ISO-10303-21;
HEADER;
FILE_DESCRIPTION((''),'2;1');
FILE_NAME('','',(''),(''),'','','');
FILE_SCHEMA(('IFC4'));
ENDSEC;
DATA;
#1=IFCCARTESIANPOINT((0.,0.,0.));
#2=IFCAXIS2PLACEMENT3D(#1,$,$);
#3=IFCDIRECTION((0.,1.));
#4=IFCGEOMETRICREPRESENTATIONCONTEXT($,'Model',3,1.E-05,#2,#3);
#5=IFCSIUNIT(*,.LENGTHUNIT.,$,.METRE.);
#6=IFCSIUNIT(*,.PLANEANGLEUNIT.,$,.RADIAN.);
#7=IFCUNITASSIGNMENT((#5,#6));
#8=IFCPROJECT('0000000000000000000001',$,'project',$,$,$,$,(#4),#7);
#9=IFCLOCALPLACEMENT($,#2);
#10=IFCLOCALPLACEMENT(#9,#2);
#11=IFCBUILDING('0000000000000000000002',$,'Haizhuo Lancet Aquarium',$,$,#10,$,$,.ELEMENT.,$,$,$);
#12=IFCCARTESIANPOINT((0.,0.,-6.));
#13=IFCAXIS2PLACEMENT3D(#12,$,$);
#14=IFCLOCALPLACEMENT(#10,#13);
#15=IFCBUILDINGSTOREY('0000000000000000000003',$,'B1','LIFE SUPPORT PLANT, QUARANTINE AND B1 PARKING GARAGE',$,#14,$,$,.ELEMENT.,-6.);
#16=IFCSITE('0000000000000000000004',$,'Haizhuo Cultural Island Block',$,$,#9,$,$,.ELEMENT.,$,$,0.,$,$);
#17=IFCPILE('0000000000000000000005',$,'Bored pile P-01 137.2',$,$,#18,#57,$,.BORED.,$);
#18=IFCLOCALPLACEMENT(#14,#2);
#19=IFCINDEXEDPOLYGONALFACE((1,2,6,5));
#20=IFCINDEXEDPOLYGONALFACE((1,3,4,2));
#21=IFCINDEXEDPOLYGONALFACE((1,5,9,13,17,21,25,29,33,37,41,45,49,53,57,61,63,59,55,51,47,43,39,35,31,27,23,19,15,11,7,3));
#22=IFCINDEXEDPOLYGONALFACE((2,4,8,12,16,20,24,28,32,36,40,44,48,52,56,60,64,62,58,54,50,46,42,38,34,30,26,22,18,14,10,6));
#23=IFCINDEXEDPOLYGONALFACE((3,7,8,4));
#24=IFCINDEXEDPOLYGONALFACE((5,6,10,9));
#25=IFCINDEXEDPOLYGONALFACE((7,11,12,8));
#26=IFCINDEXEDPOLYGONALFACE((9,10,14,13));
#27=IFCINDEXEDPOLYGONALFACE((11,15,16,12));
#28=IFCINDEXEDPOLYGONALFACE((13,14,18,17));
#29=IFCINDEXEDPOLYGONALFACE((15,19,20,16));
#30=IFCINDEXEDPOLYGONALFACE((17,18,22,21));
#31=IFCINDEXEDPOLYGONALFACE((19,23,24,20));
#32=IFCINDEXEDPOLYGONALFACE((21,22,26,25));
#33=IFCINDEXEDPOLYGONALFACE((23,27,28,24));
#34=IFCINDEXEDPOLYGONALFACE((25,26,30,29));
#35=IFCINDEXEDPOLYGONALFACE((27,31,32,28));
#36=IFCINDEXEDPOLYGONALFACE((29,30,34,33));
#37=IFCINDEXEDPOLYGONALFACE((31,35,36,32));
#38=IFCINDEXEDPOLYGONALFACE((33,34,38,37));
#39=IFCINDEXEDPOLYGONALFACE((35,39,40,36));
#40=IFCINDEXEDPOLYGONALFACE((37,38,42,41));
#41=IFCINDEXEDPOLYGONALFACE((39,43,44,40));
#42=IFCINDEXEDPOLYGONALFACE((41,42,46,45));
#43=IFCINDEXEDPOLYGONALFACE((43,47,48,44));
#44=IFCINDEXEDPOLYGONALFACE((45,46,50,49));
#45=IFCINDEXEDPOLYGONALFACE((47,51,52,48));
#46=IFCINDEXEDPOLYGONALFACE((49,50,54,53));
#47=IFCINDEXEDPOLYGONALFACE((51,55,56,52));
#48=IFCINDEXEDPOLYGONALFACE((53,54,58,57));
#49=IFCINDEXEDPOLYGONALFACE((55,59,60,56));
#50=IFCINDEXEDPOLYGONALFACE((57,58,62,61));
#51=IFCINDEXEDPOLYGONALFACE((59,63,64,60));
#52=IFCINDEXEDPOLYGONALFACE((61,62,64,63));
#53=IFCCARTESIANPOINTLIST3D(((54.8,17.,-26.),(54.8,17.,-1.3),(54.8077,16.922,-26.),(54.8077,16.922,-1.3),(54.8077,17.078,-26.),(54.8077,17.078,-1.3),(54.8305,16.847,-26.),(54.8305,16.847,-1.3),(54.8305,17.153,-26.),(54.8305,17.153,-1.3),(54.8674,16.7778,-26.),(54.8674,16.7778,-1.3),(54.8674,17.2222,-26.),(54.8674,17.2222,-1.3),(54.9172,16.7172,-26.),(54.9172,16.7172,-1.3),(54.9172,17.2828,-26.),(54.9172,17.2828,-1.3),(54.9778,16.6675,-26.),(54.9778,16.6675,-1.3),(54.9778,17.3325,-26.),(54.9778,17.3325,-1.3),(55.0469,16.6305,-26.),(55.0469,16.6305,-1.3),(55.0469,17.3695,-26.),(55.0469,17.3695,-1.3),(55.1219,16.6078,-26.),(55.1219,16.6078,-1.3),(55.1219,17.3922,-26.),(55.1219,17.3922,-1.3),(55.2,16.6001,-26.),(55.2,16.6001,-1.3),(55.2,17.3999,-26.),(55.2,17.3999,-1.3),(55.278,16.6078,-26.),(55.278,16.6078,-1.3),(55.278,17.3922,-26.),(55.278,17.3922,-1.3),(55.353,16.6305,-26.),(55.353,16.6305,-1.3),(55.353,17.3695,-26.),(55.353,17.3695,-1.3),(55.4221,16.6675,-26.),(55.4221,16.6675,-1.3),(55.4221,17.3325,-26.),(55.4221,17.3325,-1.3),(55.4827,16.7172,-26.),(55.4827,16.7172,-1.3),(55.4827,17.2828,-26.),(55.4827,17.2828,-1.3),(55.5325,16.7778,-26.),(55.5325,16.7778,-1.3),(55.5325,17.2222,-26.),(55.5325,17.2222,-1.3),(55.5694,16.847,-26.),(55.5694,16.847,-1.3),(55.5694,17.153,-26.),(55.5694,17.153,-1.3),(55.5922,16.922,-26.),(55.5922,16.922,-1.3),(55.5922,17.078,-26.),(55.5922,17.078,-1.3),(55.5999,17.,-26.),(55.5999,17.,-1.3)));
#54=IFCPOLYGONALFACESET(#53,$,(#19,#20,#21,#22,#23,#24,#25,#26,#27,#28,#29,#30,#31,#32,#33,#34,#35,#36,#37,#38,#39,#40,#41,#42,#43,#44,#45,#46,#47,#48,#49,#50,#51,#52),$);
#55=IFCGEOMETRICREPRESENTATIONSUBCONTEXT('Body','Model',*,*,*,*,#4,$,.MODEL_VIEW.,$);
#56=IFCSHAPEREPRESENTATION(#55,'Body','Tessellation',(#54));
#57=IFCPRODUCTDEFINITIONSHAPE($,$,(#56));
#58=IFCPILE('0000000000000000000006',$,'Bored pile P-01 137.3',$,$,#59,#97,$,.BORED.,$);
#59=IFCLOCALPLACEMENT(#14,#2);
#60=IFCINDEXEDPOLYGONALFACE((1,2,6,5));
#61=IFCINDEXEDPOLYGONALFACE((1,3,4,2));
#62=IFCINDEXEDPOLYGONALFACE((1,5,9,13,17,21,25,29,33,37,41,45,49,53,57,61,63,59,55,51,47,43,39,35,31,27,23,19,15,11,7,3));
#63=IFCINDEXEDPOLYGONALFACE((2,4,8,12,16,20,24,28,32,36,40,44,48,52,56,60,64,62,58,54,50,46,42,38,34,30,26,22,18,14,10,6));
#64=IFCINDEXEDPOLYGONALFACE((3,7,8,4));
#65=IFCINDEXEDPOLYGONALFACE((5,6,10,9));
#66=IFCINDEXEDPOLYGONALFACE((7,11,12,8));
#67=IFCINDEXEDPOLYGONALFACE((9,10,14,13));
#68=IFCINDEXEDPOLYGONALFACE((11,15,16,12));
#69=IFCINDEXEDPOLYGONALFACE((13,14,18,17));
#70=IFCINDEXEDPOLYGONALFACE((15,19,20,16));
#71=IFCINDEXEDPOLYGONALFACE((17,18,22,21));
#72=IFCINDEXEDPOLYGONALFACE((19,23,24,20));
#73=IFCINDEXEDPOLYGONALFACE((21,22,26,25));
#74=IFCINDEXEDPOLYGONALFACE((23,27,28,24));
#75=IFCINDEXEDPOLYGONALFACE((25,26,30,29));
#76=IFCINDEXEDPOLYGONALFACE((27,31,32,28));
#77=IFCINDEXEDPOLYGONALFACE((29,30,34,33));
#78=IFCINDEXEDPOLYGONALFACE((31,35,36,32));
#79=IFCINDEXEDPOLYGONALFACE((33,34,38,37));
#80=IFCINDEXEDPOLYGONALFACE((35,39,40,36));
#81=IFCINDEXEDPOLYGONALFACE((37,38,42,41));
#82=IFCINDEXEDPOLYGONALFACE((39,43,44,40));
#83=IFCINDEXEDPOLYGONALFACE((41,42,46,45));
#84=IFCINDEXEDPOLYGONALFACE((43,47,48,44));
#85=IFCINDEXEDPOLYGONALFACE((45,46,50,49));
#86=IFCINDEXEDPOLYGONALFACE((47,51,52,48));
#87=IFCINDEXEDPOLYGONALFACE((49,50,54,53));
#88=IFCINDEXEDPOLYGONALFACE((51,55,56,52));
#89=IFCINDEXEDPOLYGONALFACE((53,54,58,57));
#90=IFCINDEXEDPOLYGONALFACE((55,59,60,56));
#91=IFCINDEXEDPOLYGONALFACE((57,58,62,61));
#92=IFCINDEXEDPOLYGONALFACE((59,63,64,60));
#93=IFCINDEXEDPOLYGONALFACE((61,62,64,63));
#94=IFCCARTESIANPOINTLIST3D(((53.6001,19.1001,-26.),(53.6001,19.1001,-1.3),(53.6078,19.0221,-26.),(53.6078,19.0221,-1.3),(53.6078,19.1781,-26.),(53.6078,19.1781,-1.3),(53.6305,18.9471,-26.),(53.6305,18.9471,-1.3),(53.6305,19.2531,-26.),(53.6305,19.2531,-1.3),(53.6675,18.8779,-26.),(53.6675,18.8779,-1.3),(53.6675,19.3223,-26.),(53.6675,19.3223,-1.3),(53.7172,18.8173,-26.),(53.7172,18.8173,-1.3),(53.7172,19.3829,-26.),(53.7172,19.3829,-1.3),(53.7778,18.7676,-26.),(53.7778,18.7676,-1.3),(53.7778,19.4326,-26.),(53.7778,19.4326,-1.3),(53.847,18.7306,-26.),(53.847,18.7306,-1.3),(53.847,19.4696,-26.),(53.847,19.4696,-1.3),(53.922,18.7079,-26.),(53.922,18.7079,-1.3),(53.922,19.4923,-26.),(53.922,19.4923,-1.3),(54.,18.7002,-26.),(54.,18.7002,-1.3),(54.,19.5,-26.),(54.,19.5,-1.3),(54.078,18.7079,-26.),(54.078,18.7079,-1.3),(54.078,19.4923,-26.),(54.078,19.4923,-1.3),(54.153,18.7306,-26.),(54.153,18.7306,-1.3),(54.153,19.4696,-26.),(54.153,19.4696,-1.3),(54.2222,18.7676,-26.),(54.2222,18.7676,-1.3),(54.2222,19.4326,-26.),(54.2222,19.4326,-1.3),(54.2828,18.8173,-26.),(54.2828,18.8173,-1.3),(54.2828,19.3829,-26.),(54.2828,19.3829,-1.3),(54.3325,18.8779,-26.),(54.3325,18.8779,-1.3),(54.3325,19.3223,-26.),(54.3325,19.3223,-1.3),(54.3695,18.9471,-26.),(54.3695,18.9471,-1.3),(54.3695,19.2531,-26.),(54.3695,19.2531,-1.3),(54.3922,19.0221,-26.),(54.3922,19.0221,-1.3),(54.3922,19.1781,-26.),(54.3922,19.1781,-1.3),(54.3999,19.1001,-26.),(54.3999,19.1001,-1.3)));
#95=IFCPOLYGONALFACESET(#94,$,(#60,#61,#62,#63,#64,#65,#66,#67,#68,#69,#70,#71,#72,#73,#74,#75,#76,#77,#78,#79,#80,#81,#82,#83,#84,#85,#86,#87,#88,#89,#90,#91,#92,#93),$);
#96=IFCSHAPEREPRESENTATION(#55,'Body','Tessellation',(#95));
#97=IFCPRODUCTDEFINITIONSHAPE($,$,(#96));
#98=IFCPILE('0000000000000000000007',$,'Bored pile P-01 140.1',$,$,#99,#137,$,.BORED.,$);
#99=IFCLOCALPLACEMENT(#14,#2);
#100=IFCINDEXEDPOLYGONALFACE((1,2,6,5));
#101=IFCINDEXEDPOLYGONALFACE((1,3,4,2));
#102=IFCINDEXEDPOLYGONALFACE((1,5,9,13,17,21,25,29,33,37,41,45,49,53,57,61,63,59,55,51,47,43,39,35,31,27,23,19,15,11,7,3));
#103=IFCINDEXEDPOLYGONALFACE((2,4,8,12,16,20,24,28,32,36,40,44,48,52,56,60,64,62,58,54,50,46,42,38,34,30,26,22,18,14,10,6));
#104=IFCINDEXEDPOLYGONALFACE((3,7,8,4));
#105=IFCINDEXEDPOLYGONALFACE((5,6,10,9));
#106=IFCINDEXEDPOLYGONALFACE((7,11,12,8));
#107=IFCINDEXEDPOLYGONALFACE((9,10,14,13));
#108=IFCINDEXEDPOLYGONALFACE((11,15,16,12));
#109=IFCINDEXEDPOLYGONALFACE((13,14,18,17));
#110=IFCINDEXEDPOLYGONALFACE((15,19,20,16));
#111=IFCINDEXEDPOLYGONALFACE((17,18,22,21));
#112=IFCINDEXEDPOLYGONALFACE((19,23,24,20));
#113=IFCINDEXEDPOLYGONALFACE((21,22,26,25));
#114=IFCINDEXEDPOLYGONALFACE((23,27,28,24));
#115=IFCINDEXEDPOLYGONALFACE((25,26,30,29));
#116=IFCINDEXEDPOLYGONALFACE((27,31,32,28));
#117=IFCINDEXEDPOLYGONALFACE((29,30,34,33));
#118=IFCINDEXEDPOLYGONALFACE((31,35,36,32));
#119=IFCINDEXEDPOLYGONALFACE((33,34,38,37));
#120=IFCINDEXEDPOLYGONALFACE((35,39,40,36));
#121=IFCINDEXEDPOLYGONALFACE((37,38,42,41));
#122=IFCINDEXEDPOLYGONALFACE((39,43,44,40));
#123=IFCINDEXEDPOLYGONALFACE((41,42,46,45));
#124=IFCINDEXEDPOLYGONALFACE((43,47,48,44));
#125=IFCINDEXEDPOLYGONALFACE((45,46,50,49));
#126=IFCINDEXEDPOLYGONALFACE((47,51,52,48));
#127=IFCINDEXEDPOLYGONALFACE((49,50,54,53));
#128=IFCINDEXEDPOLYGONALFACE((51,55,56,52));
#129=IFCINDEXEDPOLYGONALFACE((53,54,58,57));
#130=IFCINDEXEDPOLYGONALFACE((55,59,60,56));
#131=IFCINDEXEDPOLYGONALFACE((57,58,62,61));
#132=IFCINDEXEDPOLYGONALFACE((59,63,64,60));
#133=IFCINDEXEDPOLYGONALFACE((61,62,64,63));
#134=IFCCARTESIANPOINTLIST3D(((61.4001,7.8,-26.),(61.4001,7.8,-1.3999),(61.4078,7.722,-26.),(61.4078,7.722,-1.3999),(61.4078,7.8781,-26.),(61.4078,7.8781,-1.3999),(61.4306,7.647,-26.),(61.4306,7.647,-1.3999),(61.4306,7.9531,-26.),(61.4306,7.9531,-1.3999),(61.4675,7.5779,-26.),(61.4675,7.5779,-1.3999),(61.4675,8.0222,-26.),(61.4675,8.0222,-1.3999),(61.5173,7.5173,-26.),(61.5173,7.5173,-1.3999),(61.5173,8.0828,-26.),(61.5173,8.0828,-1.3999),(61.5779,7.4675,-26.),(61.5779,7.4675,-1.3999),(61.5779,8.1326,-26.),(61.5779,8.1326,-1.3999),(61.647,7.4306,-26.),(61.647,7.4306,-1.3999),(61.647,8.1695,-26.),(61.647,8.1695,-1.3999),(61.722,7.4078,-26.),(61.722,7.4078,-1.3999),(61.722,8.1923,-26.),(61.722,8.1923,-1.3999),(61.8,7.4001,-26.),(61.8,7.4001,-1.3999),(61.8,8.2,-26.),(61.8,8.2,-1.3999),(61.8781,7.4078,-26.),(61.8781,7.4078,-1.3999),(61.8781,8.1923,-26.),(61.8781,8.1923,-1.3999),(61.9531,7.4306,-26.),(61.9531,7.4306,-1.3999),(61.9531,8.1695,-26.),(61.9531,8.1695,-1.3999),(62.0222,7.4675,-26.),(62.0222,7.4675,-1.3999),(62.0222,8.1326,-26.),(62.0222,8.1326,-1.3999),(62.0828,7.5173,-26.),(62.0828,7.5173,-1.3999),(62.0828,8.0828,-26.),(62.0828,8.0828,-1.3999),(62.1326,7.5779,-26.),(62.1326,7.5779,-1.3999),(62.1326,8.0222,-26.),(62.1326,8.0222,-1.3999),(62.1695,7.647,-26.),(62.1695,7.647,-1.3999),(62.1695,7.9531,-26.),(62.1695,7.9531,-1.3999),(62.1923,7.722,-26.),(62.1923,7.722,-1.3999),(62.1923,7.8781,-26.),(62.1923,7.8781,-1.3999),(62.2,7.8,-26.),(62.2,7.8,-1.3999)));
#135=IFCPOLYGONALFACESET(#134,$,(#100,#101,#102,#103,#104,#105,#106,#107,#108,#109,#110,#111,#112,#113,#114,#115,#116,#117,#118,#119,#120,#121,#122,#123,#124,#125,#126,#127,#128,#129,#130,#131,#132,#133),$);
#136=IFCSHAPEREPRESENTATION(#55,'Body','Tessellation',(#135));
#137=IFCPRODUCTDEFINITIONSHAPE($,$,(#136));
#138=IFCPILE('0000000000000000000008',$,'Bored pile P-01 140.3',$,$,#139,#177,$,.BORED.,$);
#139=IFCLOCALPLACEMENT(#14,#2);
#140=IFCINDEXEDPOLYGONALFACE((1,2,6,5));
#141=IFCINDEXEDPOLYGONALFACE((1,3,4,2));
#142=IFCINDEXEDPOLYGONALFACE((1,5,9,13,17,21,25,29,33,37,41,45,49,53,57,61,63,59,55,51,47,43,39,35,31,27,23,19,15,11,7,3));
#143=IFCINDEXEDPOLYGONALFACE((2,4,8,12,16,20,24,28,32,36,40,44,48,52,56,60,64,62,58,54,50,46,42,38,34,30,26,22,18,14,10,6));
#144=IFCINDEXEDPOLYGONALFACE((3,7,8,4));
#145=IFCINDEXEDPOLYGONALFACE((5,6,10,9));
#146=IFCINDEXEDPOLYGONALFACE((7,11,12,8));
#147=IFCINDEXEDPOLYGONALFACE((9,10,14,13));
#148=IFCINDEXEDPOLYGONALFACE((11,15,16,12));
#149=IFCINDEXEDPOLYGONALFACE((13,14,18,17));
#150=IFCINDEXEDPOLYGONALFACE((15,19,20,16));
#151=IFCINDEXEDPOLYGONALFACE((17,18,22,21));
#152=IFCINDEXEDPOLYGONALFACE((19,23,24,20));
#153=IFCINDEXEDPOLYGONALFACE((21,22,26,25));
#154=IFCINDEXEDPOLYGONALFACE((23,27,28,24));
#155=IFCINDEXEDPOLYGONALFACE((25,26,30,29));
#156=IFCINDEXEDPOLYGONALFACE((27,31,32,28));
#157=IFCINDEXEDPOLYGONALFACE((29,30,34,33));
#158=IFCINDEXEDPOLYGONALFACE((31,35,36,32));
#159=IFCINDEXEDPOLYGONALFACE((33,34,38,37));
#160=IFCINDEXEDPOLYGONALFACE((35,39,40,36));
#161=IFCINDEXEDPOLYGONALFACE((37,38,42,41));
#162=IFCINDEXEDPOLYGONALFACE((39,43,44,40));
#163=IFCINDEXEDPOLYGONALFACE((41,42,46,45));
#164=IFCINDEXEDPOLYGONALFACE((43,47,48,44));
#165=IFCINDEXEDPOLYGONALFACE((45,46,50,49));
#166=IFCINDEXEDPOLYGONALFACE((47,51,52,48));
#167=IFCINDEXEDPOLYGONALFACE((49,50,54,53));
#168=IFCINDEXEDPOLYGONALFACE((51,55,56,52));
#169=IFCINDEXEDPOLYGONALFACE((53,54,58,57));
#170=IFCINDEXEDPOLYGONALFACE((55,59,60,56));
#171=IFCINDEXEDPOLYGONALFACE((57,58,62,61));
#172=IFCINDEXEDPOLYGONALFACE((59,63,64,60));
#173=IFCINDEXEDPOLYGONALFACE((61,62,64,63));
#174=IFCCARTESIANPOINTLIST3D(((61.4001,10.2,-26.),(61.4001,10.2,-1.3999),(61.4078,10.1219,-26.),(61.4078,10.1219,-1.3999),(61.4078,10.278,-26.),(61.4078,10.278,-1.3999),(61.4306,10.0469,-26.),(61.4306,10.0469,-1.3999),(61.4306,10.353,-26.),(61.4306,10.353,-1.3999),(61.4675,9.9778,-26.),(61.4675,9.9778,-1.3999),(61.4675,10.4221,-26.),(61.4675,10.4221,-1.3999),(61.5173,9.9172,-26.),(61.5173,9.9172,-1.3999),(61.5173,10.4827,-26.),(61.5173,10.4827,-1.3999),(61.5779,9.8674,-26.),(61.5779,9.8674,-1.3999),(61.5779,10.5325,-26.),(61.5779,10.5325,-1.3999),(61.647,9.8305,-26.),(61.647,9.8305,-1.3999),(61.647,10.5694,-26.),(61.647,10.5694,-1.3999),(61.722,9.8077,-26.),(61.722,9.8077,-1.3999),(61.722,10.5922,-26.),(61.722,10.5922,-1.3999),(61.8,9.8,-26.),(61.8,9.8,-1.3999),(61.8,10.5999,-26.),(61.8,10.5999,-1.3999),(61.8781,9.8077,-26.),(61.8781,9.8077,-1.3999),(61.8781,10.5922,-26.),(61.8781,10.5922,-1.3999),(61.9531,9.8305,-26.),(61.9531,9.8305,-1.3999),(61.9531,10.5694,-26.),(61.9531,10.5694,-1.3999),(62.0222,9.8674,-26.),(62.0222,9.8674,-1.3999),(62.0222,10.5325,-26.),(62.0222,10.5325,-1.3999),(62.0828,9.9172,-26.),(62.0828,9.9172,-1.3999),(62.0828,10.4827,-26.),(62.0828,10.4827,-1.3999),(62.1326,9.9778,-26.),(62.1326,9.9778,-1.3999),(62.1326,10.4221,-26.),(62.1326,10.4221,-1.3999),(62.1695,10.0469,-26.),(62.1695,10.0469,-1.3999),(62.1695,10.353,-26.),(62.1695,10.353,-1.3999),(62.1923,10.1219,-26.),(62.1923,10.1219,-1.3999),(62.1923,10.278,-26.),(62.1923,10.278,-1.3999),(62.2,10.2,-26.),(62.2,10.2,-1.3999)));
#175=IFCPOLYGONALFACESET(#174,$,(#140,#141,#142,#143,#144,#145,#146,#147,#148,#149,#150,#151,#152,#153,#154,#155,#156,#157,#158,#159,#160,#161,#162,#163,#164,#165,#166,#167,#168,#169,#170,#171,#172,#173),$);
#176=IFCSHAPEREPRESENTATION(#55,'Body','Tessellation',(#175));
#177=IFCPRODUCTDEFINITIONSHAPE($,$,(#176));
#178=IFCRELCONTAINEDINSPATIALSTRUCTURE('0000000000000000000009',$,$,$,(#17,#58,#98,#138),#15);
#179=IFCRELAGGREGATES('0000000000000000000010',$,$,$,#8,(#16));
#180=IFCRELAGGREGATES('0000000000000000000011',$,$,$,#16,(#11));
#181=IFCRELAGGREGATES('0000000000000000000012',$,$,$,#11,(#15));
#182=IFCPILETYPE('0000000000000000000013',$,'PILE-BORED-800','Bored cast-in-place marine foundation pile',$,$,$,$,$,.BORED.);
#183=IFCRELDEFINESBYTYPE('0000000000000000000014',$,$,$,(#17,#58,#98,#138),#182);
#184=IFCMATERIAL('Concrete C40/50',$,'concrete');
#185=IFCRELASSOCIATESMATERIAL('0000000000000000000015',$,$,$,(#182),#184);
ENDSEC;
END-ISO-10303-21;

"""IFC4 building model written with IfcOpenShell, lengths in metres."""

from ifc_helpers import new_model, si_unit, direction, frame, origin, origin_2d, place, context, subcontext, project, spatial, circle, extrude, material, material_profile, profile_set, type_object, element, save


model = new_model("IFC4")

# Units and contexts
model_context = context("Model", 3, precision=1e-05, world=origin(), true_north=direction((0.0, 1.0)))
body_context = subcontext(model_context, "Body", "Model", "MODEL_VIEW")
ifc_project = project(units=[si_unit("LENGTHUNIT", "METRE"), si_unit("PLANEANGLEUNIT", "RADIAN")], contexts=[model_context])

# Site, building, storey
site_placement = place(None, origin())
site = spatial("IfcSite", under=ifc_project, at=site_placement, Name="Haizhuo Cultural Island Block", CompositionType="ELEMENT", RefElevation=0.0)
building_placement = place(site_placement, origin())
building = spatial("IfcBuilding", under=site, at=building_placement, Name="Haizhuo Lancet Aquarium", CompositionType="ELEMENT")
storey_placement = place(building_placement, frame((0.0, 0.0, -6.0)))
storey = spatial("IfcBuildingStorey", under=building, at=storey_placement, Name="B1", Description="LIFE SUPPORT PLANT, QUARANTINE AND B1 PARKING GARAGE", CompositionType="ELEMENT", Elevation=-6.0)

# Shared definitions
ifc_material_1 = material(Name="Concrete C40/50", Category="concrete")

# Piles
ifc_material_profile_1 = material_profile(ifc_material_1, circle(Radius=0.3999, at=origin_2d()), Name="PILE-800")
ifc_profile_set_1 = profile_set([ifc_material_profile_1], Name="Concrete C40/50")
pile_type = type_object("IfcPileType", Name="PILE-BORED-800", Description="Bored cast-in-place marine foundation pile", PredefinedType="BORED", material=ifc_profile_set_1)
for number, where, z_axis, x_axis, name in (
    (1, (55.2, 17.0, -1.3), (0.0, 0.0, -1.0), (1.0, 0.0, 0.0), "Bored pile P-01 137.2"),
    (2, (54.0, 19.1001, -1.3), (0.0, 0.0, -1.0), (1.0, 0.0, 0.0), "Bored pile P-01 137.3"),
):
    element("IfcPile", number, at=place(storey_placement, frame(where, z_axis=z_axis, x_axis=x_axis)), inside=storey, type_object=pile_type, Name=name, PredefinedType="BORED", context=body_context, shape_type="SweptSolid", body=[
        extrude(circle(Radius=0.3999, at=origin_2d()), origin(), (0.0, 0.0, 1.0), 24.7),
    ])
for number, where, z_axis, x_axis, name in (
    (3, (61.8, 7.8, -1.3999), (0.0, 0.0, -1.0), (1.0, 0.0, 0.0), "Bored pile P-01 140.1"),
    (4, (61.8, 10.2, -1.3999), (0.0, 0.0, -1.0), (1.0, 0.0, 0.0), "Bored pile P-01 140.3"),
):
    element("IfcPile", number, at=place(storey_placement, frame(where, z_axis=z_axis, x_axis=x_axis)), inside=storey, type_object=pile_type, Name=name, PredefinedType="BORED", context=body_context, shape_type="SweptSolid", body=[
        extrude(circle(Radius=0.3999, at=origin_2d()), origin(), (0.0, 0.0, 1.0), 24.6001),
    ])

save(model, "model.ifc")
